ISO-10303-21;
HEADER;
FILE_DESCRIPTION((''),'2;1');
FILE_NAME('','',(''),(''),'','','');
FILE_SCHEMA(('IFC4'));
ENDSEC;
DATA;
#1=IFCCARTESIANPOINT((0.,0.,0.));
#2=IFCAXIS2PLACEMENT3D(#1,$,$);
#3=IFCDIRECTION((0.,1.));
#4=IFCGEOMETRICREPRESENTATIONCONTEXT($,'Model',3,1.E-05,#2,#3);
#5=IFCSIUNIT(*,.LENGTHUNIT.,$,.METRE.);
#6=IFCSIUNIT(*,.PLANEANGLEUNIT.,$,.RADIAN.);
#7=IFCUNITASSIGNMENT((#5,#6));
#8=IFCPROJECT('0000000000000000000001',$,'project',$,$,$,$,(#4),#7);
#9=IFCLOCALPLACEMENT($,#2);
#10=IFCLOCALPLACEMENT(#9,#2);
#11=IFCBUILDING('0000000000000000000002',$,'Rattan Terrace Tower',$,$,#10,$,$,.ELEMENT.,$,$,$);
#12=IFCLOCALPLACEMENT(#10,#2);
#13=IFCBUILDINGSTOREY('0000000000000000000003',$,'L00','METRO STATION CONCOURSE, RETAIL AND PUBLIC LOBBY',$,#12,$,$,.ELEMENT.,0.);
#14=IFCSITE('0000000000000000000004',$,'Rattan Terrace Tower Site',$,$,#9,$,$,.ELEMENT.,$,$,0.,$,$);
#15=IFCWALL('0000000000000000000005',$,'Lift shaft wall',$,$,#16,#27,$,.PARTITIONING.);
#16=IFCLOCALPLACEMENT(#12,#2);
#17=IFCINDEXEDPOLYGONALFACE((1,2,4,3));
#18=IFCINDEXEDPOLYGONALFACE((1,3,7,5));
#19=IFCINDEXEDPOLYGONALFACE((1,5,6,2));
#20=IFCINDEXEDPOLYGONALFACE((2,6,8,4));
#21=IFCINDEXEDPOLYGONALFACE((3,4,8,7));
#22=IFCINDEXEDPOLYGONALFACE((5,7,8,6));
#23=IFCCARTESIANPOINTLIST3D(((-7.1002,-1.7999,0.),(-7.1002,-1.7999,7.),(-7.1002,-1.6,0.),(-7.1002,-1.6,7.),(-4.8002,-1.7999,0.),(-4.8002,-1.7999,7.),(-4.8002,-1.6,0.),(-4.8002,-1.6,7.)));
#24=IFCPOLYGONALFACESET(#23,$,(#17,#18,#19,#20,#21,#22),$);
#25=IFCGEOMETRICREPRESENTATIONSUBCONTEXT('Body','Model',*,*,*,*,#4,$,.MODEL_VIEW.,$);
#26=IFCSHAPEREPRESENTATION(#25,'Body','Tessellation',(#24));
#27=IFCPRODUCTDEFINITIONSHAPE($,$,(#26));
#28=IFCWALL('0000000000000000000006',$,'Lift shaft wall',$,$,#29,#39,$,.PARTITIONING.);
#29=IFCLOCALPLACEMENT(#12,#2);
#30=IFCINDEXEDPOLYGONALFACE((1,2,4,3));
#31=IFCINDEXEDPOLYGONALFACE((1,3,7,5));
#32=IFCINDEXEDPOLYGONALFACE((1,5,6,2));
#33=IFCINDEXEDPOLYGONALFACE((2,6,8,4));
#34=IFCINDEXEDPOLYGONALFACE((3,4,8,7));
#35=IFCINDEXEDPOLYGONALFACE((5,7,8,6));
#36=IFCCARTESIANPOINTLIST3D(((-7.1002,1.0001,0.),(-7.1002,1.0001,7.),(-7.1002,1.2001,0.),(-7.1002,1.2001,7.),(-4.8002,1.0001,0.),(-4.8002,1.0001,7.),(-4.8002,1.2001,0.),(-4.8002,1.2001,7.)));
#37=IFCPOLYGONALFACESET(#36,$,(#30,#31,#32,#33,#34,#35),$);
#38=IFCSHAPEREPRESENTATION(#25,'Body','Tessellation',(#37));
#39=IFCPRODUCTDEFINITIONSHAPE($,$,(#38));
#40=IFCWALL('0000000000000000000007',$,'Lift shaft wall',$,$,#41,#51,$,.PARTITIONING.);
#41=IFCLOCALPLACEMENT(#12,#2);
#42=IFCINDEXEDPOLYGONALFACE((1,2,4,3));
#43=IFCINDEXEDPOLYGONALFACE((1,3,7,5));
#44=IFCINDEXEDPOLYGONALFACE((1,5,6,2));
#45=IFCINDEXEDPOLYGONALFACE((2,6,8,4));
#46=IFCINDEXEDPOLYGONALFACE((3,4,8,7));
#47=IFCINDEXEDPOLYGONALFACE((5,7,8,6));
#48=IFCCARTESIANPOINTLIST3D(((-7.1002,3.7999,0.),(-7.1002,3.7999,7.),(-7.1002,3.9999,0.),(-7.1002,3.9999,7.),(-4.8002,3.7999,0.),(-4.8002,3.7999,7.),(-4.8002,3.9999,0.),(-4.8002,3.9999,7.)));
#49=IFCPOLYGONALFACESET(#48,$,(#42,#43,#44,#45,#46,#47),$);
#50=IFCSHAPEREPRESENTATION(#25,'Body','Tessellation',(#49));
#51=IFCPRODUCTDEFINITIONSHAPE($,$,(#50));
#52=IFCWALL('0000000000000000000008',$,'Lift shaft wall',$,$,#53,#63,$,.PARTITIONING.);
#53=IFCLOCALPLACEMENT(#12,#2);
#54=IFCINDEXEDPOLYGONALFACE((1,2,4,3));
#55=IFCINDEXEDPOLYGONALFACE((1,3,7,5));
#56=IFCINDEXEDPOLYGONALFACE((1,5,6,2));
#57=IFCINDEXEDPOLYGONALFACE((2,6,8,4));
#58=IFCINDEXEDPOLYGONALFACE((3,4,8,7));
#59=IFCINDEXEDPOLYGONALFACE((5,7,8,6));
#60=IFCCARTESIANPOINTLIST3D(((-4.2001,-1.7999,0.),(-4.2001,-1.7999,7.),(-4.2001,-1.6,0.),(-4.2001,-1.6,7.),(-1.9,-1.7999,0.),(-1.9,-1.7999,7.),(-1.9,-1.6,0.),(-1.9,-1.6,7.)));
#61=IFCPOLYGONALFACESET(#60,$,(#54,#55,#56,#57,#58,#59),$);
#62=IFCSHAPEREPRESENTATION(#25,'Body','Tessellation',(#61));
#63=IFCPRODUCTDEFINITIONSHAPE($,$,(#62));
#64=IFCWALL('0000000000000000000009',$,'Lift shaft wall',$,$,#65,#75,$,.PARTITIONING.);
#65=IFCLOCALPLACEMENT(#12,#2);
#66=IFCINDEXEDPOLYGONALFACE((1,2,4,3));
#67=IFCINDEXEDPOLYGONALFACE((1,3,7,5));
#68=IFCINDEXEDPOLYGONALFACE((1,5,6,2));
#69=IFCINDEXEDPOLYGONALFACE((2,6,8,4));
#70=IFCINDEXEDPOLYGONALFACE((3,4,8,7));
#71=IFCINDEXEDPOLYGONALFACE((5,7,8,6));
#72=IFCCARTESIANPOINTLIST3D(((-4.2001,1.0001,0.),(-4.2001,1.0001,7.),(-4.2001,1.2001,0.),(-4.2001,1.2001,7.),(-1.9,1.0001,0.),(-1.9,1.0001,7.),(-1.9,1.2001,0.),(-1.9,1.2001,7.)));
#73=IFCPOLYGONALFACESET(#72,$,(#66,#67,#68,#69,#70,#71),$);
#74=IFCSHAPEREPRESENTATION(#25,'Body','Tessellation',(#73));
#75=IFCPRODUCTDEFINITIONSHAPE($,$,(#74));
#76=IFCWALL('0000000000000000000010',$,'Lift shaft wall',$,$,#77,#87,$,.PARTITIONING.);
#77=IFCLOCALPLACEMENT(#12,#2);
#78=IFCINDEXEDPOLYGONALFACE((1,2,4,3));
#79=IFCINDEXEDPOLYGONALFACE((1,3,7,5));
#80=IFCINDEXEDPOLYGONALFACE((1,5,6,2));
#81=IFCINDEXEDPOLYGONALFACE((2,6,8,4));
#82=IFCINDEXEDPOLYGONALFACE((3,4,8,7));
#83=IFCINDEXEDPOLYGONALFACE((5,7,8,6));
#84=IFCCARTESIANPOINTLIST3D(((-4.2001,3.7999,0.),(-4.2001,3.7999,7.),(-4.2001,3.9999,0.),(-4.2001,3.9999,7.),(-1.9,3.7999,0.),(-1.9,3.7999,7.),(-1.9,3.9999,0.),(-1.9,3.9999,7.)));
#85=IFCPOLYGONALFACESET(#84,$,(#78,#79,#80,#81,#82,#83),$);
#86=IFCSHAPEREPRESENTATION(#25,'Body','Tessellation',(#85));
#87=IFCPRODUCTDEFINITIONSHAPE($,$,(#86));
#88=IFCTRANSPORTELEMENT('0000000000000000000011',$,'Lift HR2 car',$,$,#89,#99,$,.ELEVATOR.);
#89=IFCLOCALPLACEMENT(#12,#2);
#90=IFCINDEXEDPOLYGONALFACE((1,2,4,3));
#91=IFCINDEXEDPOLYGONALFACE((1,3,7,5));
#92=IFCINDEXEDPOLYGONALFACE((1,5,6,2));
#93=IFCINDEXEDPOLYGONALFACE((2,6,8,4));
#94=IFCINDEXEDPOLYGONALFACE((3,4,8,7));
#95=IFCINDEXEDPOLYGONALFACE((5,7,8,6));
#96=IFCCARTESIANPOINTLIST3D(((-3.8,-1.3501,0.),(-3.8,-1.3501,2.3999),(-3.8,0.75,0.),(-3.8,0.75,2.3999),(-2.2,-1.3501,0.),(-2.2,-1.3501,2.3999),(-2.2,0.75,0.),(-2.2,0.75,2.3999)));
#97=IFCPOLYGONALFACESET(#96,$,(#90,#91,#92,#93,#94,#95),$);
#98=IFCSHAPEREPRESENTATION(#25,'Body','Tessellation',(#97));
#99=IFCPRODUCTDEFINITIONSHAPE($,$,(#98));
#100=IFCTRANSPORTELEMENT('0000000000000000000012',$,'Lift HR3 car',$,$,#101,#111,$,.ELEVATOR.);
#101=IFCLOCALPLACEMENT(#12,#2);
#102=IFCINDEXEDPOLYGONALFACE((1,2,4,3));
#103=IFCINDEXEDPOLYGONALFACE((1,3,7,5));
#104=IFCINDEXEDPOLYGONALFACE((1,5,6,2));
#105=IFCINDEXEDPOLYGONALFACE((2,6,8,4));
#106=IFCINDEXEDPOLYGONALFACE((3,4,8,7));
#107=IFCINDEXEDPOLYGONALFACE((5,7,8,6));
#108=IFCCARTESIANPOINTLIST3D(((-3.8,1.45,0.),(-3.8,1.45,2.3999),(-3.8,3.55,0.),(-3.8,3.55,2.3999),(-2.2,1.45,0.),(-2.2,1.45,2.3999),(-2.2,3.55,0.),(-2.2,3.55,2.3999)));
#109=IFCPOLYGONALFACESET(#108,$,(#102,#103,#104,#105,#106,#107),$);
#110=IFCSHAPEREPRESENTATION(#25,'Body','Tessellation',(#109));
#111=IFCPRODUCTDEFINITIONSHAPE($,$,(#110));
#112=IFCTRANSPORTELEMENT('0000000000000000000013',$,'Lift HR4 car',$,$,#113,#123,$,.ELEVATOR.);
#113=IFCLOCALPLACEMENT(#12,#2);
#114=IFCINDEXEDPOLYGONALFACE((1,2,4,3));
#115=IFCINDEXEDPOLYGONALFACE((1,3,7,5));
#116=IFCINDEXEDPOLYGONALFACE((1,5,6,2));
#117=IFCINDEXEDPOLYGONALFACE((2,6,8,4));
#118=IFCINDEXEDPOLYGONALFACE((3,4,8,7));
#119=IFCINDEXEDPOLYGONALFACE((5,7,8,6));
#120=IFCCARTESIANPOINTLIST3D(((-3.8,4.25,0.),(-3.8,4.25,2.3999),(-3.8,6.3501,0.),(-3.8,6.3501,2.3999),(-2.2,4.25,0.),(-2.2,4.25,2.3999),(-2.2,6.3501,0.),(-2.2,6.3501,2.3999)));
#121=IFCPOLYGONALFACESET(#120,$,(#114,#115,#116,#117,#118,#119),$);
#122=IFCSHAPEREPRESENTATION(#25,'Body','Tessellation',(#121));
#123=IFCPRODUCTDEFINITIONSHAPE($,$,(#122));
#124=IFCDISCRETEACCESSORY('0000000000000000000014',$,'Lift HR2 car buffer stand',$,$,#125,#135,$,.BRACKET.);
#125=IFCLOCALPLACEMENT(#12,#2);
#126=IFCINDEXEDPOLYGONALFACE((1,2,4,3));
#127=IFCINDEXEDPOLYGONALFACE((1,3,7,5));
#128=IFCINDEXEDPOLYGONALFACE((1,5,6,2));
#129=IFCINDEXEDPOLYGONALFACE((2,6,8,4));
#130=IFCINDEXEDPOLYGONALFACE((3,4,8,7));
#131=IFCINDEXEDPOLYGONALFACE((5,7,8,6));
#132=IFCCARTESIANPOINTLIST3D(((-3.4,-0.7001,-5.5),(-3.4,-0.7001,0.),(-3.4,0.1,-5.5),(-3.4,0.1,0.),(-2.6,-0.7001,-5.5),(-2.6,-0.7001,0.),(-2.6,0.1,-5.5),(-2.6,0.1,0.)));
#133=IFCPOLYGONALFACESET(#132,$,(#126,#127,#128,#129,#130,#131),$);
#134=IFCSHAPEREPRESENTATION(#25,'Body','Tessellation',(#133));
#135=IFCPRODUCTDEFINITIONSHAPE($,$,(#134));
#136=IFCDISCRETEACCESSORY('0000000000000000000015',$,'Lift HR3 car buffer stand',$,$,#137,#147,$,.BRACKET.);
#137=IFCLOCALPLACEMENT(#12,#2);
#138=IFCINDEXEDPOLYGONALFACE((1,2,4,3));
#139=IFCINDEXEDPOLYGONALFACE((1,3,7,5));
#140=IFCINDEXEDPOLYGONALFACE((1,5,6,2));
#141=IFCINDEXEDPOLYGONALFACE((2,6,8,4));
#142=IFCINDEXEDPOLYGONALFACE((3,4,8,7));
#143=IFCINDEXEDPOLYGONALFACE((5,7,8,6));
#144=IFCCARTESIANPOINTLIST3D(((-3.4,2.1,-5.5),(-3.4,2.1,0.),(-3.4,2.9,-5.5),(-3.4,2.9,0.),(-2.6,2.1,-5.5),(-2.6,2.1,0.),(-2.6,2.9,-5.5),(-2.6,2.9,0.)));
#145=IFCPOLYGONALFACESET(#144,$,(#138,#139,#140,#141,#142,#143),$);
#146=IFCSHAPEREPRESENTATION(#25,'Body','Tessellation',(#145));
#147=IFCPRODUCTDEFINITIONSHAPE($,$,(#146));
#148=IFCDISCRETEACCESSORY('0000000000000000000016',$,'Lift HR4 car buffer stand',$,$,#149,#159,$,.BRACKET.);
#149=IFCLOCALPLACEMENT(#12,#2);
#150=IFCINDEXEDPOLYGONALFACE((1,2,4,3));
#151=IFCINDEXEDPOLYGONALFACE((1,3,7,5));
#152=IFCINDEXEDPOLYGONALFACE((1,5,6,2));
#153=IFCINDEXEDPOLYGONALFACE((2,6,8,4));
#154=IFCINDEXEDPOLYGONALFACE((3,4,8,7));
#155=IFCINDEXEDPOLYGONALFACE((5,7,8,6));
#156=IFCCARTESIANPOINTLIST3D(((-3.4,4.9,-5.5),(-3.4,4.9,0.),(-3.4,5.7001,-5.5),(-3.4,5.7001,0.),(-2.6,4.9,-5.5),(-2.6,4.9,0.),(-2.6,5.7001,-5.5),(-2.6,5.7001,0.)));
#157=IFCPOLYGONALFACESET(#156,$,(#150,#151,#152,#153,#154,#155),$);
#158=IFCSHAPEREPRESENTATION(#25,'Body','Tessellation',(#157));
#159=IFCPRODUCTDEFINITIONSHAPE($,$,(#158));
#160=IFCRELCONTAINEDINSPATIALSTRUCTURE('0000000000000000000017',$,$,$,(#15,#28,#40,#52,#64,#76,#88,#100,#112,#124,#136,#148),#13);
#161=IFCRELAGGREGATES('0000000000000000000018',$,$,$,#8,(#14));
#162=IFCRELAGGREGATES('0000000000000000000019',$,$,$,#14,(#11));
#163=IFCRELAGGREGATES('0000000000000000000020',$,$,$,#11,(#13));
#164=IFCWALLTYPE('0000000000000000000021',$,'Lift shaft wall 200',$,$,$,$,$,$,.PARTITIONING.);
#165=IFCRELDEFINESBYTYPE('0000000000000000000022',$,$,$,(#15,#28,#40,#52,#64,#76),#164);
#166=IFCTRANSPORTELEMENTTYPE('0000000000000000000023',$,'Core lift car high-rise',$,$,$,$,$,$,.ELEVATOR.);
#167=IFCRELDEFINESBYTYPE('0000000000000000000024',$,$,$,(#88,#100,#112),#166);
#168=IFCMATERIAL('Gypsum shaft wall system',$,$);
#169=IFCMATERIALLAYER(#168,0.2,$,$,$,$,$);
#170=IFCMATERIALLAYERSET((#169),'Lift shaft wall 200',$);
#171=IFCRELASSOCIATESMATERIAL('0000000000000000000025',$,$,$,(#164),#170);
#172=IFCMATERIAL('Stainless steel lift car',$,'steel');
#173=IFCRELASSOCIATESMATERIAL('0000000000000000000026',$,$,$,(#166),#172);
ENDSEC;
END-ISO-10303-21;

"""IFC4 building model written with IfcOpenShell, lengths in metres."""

from ifc_helpers import new_model, si_unit, direction, frame, frame_2d, origin, origin_2d, place, context, subcontext, project, spatial, rectangle, extrude, material, layer, layer_set, type_object, element, save


model = new_model("IFC4")

# Units and contexts
model_context = context("Model", 3, precision=1e-05, world=origin(), true_north=direction((0.0, 1.0)))
body_context = subcontext(model_context, "Body", "Model", "MODEL_VIEW")
ifc_project = project(units=[si_unit("LENGTHUNIT", "METRE"), si_unit("PLANEANGLEUNIT", "RADIAN")], contexts=[model_context])

# Site, building, storey
site_placement = place(None, origin())
site = spatial("IfcSite", under=ifc_project, at=site_placement, Name="Rattan Terrace Tower Site", CompositionType="ELEMENT", RefElevation=0.0)
building_placement = place(site_placement, origin())
building = spatial("IfcBuilding", under=site, at=building_placement, Name="Rattan Terrace Tower", CompositionType="ELEMENT")
storey_placement = place(building_placement, origin())
storey = spatial("IfcBuildingStorey", under=building, at=storey_placement, Name="L00", Description="METRO STATION CONCOURSE, RETAIL AND PUBLIC LOBBY", CompositionType="ELEMENT", Elevation=0.0)

# Walls
ifc_material_1 = material(Name="Gypsum shaft wall system")
ifc_layer_1 = layer(ifc_material_1, 0.2)
ifc_layer_set_1 = layer_set([ifc_layer_1], Name="Lift shaft wall 200")
wall_type = type_object("IfcWallType", Name="Lift shaft wall 200", PredefinedType="PARTITIONING", material=ifc_layer_set_1)
for number, where, z_axis, x_axis, name in (
    (1, (-7.1001, -1.7, 0.0), (0.0, 0.0, 1.0), (1.0, 0.0, 0.0), "Lift shaft wall"),
    (2, (-7.1001, 1.1001, 0.0), (0.0, 0.0, 1.0), (1.0, 0.0, 0.0), "Lift shaft wall"),
    (3, (-7.1001, 3.8999, 0.0), (0.0, 0.0, 1.0), (1.0, 0.0, 0.0), "Lift shaft wall"),
    (4, (-4.2, -1.7, 0.0), (0.0, 0.0, 1.0), (1.0, 0.0, 0.0), "Lift shaft wall"),
    (5, (-4.2, 1.1001, 0.0), (0.0, 0.0, 1.0), (1.0, 0.0, 0.0), "Lift shaft wall"),
    (6, (-4.2, 3.8999, 0.0), (0.0, 0.0, 1.0), (1.0, 0.0, 0.0), "Lift shaft wall"),
):
    element("IfcWall", number, at=place(storey_placement, frame(where, z_axis=z_axis, x_axis=x_axis)), inside=storey, type_object=wall_type, Name=name, PredefinedType="PARTITIONING", context=body_context, shape_type="SweptSolid", body=[
        extrude(rectangle(XDim=2.3, YDim=0.2, at=frame_2d((1.1499, 0.0))), origin(), (0.0, 0.0, 1.0), 7.0),
    ])

# Transport elements
ifc_material_2 = material(Name="Stainless steel lift car", Category="steel")
transport_element_type = type_object("IfcTransportElementType", Name="Core lift car high-rise", PredefinedType="ELEVATOR", material=ifc_material_2)
for number, where, z_axis, x_axis, name in (
    (7, (-3.0, -0.3, 0.0), (0.0, 0.0, 1.0), (1.0, 0.0, 0.0), "Lift HR2 car"),
    (8, (-3.0, 2.5, 0.0), (0.0, 0.0, 1.0), (1.0, 0.0, 0.0), "Lift HR3 car"),
    (9, (-3.0, 5.3, 0.0), (0.0, 0.0, 1.0), (1.0, 0.0, 0.0), "Lift HR4 car"),
):
    element("IfcTransportElement", number, at=place(storey_placement, frame(where, z_axis=z_axis, x_axis=x_axis)), inside=storey, type_object=transport_element_type, Name=name, PredefinedType="ELEVATOR", context=body_context, shape_type="SweptSolid", body=[
        extrude(rectangle(XDim=1.6001, YDim=2.1001, at=origin_2d()), origin(), (0.0, 0.0, 1.0), 2.3999),
    ])

# Discrete accessories
for number, where, z_axis, x_axis, name in (
    (10, (-3.0, -0.3, -5.5), (0.0, 0.0, 1.0), (1.0, 0.0, 0.0), "Lift HR2 car buffer stand"),
    (11, (-3.0, 2.5, -5.5), (0.0, 0.0, 1.0), (1.0, 0.0, 0.0), "Lift HR3 car buffer stand"),
    (12, (-3.0, 5.3, -5.5), (0.0, 0.0, 1.0), (1.0, 0.0, 0.0), "Lift HR4 car buffer stand"),
):
    element("IfcDiscreteAccessory", number, at=place(storey_placement, frame(where, z_axis=z_axis, x_axis=x_axis)), inside=storey, Name=name, PredefinedType="BRACKET", context=body_context, shape_type="SweptSolid", body=[
        extrude(rectangle(XDim=0.8, YDim=0.8, at=origin_2d()), origin(), (0.0, 0.0, 1.0), 5.5),
    ])

save(model, "model.ifc")
